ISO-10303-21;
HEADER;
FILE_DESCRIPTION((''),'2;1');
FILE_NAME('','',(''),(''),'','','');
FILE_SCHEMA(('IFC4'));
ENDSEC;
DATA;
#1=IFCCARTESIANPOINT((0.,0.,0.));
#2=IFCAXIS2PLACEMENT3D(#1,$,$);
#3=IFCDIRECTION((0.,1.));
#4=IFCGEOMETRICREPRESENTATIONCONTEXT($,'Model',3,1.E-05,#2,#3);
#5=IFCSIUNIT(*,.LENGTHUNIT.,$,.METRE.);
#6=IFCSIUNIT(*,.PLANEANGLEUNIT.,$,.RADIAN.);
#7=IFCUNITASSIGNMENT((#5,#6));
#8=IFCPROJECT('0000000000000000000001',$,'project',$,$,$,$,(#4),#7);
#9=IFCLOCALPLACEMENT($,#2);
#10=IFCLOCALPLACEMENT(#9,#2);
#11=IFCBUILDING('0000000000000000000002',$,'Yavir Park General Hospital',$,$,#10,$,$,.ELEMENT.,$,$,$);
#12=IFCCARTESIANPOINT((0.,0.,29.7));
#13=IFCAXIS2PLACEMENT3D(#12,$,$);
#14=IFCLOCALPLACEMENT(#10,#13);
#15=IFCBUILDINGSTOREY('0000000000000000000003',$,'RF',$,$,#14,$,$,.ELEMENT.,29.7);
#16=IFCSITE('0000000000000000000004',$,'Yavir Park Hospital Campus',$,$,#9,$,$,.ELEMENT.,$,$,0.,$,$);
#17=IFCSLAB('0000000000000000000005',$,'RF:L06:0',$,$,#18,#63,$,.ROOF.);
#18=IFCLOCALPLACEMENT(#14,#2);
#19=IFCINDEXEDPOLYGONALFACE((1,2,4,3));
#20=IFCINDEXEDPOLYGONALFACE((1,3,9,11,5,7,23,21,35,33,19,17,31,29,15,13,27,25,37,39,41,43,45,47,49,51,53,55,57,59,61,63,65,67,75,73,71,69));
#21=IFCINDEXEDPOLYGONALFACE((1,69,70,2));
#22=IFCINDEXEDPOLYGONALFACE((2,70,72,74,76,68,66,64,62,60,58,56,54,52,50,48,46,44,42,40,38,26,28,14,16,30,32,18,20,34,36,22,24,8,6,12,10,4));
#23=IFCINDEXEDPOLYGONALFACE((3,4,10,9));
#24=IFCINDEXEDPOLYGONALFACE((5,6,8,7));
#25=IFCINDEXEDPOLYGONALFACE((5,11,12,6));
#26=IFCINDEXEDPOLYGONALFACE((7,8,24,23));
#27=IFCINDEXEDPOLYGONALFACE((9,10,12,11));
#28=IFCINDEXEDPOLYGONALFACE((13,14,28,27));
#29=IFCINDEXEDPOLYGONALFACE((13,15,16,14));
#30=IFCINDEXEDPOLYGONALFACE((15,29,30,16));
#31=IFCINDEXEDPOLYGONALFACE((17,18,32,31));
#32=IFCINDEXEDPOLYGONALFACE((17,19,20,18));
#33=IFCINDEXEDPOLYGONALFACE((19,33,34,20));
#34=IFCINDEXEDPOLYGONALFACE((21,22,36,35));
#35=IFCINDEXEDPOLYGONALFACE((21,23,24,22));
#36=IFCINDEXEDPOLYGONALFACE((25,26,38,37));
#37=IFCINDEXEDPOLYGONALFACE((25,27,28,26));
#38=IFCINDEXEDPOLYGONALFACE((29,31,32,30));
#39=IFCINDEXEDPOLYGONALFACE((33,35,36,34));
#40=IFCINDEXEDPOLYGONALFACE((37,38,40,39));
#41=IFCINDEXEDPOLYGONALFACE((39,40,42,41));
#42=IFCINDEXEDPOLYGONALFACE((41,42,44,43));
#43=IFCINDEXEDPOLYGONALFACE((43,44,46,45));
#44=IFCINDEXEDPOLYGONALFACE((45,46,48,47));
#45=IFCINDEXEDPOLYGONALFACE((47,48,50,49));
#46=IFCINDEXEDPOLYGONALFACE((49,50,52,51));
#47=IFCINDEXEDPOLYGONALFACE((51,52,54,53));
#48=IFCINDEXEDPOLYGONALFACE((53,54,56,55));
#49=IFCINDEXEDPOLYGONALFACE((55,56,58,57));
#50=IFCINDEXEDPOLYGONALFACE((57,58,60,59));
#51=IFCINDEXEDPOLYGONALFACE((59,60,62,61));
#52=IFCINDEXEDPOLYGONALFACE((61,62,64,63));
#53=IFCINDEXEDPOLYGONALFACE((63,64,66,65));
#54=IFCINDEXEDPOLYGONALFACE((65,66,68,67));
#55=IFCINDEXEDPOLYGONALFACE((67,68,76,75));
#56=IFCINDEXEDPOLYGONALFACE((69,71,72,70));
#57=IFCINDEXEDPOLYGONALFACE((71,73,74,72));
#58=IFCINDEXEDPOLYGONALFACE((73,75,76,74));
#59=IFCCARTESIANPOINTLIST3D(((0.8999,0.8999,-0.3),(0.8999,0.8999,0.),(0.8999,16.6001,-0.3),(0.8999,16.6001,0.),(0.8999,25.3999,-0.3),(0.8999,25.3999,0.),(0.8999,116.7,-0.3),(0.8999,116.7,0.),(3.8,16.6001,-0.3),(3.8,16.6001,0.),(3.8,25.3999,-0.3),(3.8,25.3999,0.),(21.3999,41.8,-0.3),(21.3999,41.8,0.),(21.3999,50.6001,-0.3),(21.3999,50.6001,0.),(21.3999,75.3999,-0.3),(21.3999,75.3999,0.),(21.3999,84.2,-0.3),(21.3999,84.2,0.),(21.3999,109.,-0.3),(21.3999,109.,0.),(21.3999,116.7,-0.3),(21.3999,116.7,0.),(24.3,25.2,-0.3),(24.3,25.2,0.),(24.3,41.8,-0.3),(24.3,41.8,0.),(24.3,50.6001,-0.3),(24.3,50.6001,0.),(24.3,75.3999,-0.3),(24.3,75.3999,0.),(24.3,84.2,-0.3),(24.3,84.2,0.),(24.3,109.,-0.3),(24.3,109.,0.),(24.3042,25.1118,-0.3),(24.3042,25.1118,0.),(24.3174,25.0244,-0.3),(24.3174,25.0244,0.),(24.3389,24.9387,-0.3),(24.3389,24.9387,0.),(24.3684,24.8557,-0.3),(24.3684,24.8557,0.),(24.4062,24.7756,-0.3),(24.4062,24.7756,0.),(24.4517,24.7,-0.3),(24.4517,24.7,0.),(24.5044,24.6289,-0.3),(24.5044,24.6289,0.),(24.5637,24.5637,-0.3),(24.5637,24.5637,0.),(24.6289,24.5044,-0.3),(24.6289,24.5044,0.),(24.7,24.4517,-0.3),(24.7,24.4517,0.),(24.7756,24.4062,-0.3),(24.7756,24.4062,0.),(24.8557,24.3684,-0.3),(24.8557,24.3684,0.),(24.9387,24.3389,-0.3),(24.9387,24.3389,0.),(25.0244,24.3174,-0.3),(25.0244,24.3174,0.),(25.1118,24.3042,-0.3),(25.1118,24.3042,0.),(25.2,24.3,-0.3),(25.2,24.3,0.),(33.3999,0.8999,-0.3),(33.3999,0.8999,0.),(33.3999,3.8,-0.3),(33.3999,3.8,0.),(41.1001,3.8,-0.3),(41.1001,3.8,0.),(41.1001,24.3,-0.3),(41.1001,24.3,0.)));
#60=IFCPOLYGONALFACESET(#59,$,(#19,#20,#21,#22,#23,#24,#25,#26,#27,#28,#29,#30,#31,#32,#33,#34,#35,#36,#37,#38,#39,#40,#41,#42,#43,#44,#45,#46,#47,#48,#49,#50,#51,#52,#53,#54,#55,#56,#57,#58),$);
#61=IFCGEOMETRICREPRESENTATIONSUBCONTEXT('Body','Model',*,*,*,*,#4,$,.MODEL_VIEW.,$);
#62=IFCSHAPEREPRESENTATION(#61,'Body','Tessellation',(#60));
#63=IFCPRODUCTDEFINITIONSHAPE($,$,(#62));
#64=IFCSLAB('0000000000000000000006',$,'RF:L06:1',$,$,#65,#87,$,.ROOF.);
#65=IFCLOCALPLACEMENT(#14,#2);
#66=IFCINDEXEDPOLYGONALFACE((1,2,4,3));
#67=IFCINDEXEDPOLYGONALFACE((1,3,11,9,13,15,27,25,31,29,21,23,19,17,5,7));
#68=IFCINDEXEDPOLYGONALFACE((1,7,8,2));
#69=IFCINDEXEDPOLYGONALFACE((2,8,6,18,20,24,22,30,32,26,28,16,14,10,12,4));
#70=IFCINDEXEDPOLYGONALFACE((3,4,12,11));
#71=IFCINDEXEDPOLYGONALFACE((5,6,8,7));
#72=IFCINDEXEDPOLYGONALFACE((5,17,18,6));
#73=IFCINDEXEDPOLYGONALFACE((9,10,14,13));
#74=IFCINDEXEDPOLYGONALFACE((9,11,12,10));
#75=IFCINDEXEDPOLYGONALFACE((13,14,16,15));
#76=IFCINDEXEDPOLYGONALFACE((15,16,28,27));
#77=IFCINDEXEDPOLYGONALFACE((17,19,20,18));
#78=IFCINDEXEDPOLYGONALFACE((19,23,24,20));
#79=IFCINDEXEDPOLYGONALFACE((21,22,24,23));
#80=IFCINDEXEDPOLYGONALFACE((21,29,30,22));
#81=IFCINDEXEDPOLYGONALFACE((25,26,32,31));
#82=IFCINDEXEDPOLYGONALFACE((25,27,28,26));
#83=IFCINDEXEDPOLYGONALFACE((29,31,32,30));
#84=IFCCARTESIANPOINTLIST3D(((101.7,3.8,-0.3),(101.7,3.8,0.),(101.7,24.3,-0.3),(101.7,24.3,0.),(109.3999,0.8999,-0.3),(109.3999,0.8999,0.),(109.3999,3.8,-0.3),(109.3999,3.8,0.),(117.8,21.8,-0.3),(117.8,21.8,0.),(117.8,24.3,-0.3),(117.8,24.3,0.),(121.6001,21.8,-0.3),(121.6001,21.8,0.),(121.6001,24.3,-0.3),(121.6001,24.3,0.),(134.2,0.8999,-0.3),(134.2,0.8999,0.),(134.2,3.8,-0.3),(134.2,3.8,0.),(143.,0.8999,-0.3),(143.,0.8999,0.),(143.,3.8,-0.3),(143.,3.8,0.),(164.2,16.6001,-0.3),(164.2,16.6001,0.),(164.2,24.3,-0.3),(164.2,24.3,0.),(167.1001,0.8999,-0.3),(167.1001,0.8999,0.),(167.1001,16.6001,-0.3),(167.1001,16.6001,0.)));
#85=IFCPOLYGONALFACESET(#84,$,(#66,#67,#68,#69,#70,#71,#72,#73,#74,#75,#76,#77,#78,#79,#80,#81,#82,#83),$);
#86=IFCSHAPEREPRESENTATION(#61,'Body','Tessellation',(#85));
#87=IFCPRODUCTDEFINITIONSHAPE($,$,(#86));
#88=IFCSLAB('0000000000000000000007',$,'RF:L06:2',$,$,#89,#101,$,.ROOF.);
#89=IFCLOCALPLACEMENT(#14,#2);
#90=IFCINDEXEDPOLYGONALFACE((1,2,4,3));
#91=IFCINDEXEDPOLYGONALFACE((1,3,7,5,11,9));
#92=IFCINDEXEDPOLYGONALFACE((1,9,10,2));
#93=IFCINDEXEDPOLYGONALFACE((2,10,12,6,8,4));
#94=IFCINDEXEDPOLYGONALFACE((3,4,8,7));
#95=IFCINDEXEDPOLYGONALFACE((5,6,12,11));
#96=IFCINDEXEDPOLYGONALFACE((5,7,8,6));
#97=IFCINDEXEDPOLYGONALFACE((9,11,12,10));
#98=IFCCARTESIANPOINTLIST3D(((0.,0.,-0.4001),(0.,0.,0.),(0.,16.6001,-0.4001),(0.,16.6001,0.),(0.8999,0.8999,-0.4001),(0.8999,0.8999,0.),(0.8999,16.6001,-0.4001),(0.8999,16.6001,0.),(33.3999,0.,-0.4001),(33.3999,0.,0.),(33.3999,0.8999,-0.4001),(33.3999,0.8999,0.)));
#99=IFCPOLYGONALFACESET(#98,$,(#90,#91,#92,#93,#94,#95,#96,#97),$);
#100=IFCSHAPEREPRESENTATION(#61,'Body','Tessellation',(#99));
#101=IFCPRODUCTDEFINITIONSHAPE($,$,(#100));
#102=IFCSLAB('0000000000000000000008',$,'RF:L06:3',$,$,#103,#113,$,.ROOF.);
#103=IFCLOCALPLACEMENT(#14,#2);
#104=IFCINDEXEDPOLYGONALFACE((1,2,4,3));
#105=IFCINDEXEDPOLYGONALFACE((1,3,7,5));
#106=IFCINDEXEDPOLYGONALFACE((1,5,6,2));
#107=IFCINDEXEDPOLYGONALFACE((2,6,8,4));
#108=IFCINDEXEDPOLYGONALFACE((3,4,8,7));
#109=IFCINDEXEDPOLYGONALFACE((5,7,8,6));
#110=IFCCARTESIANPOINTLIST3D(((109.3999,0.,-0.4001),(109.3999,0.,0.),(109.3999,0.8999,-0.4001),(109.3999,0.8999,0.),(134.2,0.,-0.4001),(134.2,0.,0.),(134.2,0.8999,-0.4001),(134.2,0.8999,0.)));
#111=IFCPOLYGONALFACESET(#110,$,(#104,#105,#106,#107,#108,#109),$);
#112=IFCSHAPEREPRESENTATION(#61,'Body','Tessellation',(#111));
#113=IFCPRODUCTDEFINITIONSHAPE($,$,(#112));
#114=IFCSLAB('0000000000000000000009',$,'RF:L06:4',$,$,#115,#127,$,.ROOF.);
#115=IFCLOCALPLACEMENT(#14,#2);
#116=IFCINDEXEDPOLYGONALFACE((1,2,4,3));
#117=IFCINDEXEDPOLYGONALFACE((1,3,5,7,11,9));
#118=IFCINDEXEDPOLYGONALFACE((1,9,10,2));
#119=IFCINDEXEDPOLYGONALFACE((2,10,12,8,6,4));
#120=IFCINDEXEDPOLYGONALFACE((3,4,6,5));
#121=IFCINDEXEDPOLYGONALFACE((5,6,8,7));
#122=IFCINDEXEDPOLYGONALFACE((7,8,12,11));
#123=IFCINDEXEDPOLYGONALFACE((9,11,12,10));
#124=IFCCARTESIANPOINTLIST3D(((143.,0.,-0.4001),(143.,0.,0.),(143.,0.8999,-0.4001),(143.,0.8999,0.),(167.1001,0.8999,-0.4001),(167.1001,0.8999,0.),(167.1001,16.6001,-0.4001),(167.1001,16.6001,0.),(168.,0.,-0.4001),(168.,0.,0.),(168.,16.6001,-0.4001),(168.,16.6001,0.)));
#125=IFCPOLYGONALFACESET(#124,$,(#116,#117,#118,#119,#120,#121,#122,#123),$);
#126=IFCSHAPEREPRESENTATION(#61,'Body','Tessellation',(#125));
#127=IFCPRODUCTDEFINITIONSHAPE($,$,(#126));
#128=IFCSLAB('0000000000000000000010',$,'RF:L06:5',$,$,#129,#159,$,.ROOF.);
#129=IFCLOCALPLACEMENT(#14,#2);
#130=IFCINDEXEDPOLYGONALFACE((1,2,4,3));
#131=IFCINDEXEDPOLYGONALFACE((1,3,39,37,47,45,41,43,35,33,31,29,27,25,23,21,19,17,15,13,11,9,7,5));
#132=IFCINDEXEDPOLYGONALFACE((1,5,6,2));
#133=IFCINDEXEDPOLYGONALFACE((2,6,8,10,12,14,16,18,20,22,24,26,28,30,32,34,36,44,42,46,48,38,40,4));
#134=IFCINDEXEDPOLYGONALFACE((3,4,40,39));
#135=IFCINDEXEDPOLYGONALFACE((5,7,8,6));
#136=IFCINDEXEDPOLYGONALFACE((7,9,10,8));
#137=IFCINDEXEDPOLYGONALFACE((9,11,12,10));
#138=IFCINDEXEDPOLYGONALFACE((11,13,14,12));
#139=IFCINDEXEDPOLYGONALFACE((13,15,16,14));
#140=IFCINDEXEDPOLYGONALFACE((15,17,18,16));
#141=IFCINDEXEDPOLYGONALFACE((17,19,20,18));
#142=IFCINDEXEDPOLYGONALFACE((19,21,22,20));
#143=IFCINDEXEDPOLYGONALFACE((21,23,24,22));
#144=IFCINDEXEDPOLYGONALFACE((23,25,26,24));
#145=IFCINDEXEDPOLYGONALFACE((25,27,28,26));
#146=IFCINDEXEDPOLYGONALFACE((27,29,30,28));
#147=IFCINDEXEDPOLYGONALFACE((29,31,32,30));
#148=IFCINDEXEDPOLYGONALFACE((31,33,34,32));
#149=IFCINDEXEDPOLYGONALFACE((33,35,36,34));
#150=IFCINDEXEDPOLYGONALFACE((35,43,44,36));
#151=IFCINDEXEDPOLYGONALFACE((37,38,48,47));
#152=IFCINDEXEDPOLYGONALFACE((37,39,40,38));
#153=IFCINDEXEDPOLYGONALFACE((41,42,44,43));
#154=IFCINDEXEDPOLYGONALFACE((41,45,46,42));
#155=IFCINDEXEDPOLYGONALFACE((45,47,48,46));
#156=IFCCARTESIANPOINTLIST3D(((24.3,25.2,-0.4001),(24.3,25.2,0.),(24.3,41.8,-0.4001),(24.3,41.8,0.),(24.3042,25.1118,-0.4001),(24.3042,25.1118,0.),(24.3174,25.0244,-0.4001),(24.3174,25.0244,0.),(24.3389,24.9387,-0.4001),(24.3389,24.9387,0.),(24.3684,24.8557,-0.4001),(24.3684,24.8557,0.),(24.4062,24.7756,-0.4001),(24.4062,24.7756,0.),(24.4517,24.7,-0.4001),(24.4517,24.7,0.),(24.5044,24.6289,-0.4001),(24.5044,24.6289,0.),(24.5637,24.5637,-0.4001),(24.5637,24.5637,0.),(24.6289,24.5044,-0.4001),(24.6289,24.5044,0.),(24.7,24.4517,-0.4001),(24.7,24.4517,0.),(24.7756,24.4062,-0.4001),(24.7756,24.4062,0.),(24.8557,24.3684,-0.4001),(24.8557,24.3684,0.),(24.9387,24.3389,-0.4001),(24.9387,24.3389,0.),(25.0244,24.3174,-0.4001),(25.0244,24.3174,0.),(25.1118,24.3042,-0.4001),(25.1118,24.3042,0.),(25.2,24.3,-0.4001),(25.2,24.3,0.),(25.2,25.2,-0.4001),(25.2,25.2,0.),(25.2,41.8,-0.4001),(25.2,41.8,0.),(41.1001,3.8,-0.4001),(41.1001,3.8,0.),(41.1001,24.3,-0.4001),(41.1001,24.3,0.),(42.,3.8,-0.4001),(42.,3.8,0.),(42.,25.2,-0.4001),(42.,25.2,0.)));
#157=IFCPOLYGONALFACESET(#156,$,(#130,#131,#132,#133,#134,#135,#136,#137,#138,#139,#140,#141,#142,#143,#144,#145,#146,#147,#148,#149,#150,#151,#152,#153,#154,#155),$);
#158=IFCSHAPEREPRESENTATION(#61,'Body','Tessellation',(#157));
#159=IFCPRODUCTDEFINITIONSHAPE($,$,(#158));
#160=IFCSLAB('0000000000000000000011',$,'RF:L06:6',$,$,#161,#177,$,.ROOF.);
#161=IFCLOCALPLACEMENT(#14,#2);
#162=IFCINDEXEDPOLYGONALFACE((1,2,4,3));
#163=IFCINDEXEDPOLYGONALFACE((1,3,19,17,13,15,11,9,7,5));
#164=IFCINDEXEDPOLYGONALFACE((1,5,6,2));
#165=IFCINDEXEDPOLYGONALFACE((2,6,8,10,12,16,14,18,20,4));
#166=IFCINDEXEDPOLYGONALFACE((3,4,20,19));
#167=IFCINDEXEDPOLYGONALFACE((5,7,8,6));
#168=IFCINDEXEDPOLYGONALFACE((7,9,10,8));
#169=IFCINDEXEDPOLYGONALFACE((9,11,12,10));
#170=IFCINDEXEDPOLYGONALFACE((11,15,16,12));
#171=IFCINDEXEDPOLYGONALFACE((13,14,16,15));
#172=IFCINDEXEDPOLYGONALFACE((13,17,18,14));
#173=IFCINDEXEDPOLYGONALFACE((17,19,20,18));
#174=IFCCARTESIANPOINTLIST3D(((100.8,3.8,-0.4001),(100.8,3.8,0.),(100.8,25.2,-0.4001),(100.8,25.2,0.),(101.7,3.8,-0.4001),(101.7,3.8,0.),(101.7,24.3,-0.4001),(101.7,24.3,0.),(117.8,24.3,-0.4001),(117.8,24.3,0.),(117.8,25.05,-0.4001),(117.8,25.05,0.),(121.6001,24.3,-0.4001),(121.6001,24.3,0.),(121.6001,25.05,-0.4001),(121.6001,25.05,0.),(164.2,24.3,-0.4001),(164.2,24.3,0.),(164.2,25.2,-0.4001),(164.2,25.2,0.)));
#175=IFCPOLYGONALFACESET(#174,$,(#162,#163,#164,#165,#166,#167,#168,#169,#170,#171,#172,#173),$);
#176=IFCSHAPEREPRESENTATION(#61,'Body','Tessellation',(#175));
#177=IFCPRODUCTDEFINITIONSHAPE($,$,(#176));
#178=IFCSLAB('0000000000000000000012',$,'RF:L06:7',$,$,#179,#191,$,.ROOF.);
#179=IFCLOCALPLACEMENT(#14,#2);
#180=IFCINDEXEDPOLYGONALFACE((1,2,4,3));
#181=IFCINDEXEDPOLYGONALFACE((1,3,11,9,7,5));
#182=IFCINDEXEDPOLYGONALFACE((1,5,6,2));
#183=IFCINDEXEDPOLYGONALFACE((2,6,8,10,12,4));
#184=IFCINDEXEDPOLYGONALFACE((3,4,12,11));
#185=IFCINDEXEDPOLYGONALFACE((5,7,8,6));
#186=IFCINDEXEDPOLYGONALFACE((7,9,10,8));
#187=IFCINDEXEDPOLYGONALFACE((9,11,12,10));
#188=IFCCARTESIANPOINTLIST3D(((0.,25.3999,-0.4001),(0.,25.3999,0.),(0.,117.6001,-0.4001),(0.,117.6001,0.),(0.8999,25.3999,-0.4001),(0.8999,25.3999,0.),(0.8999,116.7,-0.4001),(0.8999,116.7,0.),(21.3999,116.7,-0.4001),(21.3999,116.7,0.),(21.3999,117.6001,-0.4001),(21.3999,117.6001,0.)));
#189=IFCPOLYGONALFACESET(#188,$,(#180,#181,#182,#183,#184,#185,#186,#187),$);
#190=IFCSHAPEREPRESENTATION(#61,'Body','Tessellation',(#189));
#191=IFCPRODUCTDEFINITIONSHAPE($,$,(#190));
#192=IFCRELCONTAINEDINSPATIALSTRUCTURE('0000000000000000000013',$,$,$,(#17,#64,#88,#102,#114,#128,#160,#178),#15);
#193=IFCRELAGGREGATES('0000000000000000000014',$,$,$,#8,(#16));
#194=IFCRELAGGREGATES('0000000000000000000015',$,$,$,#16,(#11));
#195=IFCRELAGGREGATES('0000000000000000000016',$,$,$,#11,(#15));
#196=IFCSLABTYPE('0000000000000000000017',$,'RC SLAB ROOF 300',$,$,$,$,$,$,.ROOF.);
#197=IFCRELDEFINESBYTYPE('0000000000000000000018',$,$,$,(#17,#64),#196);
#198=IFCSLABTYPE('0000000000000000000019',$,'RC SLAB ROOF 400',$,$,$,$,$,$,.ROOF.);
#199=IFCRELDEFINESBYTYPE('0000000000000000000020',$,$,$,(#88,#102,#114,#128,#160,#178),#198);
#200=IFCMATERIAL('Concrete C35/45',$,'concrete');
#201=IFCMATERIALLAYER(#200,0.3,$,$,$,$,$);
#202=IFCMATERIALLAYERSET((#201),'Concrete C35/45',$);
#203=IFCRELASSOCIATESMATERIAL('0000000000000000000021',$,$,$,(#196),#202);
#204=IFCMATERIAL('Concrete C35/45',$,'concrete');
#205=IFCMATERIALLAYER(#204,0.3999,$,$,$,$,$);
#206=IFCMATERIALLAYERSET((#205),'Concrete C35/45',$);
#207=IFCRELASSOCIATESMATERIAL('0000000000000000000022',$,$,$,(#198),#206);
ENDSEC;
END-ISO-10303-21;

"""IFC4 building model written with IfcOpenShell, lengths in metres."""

from ifc_helpers import new_model, si_unit, direction, frame, origin, place, context, subcontext, project, spatial, polyline, outline, extrude, material, layer, layer_set, type_object, element, save


model = new_model("IFC4")

# Units and contexts
model_context = context("Model", 3, precision=1e-05, world=origin(), true_north=direction((0.0, 1.0)))
body_context = subcontext(model_context, "Body", "Model", "MODEL_VIEW")
ifc_project = project(units=[si_unit("LENGTHUNIT", "METRE"), si_unit("PLANEANGLEUNIT", "RADIAN")], contexts=[model_context])

# Site, building, storey
site_placement = place(None, origin())
site = spatial("IfcSite", under=ifc_project, at=site_placement, Name="Yavir Park Hospital Campus", CompositionType="ELEMENT", RefElevation=0.0)
building_placement = place(site_placement, origin())
building = spatial("IfcBuilding", under=site, at=building_placement, Name="Yavir Park General Hospital", CompositionType="ELEMENT")
storey_placement = place(building_placement, frame((0.0, 0.0, 29.7)))
storey = spatial("IfcBuildingStorey", under=building, at=storey_placement, Name="RF", CompositionType="ELEMENT", Elevation=29.7)

# Slabs
ifc_material_1 = material(Name="Concrete C35/45", Category="concrete")
ifc_layer_1 = layer(ifc_material_1, 0.3)
ifc_layer_set_1 = layer_set([ifc_layer_1], Name="Concrete C35/45")
slab_type_1 = type_object("IfcSlabType", Name="RC SLAB ROOF 300", PredefinedType="ROOF", material=ifc_layer_set_1)
slab_1_placement = place(storey_placement, frame((0.0, 0.0, -0.3)))
element("IfcSlab", 1, at=slab_1_placement, inside=storey, type_object=slab_type_1, Name="RF:L06:0", PredefinedType="ROOF", context=body_context, shape_type="SweptSolid", body=[
    extrude(outline(polyline([(41.1001, 3.8), (41.1001, 24.3), (25.2, 24.3), (25.1118, 24.3042), (25.0244, 24.3174), (24.9387, 24.3389), (24.8557, 24.3684), (24.7756, 24.4062), (24.7, 24.4517), (24.6289, 24.5044), (24.5637, 24.5637), (24.5044, 24.6289), (24.4517, 24.7), (24.4062, 24.7756), (24.3684, 24.8557), (24.3389, 24.9387), (24.3174, 25.0244), (24.3042, 25.1118), (24.3, 25.2), (24.3, 41.8), (21.3999, 41.8), (21.3999, 50.6001), (24.3, 50.6001), (24.3, 75.3999), (21.3999, 75.3999), (21.3999, 84.2), (24.3, 84.2), (24.3, 109.0), (21.3999, 109.0), (21.3999, 116.7), (0.8999, 116.7), (0.8999, 25.3999), (3.8, 25.3999), (3.8, 16.6001), (0.8999, 16.6001), (0.8999, 0.8999), (33.3999, 0.8999), (33.3999, 3.8), (41.1001, 3.8)])), origin(), (0.0, 0.0, 1.0), 0.3),
])
slab_2_placement = place(storey_placement, frame((0.0, 0.0, -0.3)))
element("IfcSlab", 2, at=slab_2_placement, inside=storey, type_object=slab_type_1, Name="RF:L06:1", PredefinedType="ROOF", context=body_context, shape_type="SweptSolid", body=[
    extrude(outline(polyline([(117.8, 24.3), (101.7, 24.3), (101.7, 3.8), (109.3999, 3.8), (109.3999, 0.8999), (134.2, 0.8999), (134.2, 3.8), (143.0, 3.8), (143.0, 0.8999), (167.1001, 0.8999), (167.1001, 16.6001), (164.2, 16.6001), (164.2, 24.3), (121.6001, 24.3), (121.6001, 21.8), (117.8, 21.8), (117.8, 24.3)])), origin(), (0.0, 0.0, 1.0), 0.3),
])
ifc_material_2 = material(Name="Concrete C35/45", Category="concrete")
ifc_layer_2 = layer(ifc_material_2, 0.3999)
ifc_layer_set_2 = layer_set([ifc_layer_2], Name="Concrete C35/45")
slab_type_2 = type_object("IfcSlabType", Name="RC SLAB ROOF 400", PredefinedType="ROOF", material=ifc_layer_set_2)
slab_3_placement = place(storey_placement, frame((0.0, 0.0, -0.4001)))
element("IfcSlab", 3, at=slab_3_placement, inside=storey, type_object=slab_type_2, Name="RF:L06:2", PredefinedType="ROOF", context=body_context, shape_type="SweptSolid", body=[
    extrude(outline(polyline([(0.0, 0.0), (33.3999, 0.0), (33.3999, 0.8999), (0.8999, 0.8999), (0.8999, 16.6001), (0.0, 16.6001), (0.0, 0.0)])), origin(), (0.0, 0.0, 1.0), 0.4001),
])
slab_4_placement = place(storey_placement, frame((0.0, 0.0, -0.4001)))
element("IfcSlab", 4, at=slab_4_placement, inside=storey, type_object=slab_type_2, Name="RF:L06:3", PredefinedType="ROOF", context=body_context, shape_type="SweptSolid", body=[
    extrude(outline(polyline([(109.3999, 0.0), (134.2, 0.0), (134.2, 0.8999), (109.3999, 0.8999), (109.3999, 0.0)])), origin(), (0.0, 0.0, 1.0), 0.4001),
])
slab_5_placement = place(storey_placement, frame((0.0, 0.0, -0.4001)))
element("IfcSlab", 5, at=slab_5_placement, inside=storey, type_object=slab_type_2, Name="RF:L06:4", PredefinedType="ROOF", context=body_context, shape_type="SweptSolid", body=[
    extrude(outline(polyline([(168.0, 0.0), (168.0, 16.6001), (167.1001, 16.6001), (167.1001, 0.8999), (143.0, 0.8999), (143.0, 0.0), (168.0, 0.0)])), origin(), (0.0, 0.0, 1.0), 0.4001),
])
slab_6_placement = place(storey_placement, frame((0.0, 0.0, -0.4001)))
element("IfcSlab", 6, at=slab_6_placement, inside=storey, type_object=slab_type_2, Name="RF:L06:5", PredefinedType="ROOF", context=body_context, shape_type="SweptSolid", body=[
    extrude(outline(polyline([(25.2, 25.2), (25.2, 41.8), (24.3, 41.8), (24.3, 25.2), (24.3042, 25.1118), (24.3174, 25.0244), (24.3389, 24.9387), (24.3684, 24.8557), (24.4062, 24.7756), (24.4517, 24.7), (24.5044, 24.6289), (24.5637, 24.5637), (24.6289, 24.5044), (24.7, 24.4517), (24.7756, 24.4062), (24.8557, 24.3684), (24.9387, 24.3389), (25.0244, 24.3174), (25.1118, 24.3042), (25.2, 24.3), (41.1001, 24.3), (41.1001, 3.8), (42.0, 3.8), (42.0, 25.2), (25.2, 25.2)])), origin(), (0.0, 0.0, 1.0), 0.4001),
])
slab_7_placement = place(storey_placement, frame((0.0, 0.0, -0.4001)))
element("IfcSlab", 7, at=slab_7_placement, inside=storey, type_object=slab_type_2, Name="RF:L06:6", PredefinedType="ROOF", context=body_context, shape_type="SweptSolid", body=[
    extrude(outline(polyline([(100.8, 25.2), (100.8, 3.8), (101.7, 3.8), (101.7, 24.3), (117.8, 24.3), (117.8, 25.05), (121.6001, 25.05), (121.6001, 24.3), (164.2, 24.3), (164.2, 25.2), (100.8, 25.2)])), origin(), (0.0, 0.0, 1.0), 0.4001),
])
slab_8_placement = place(storey_placement, frame((0.0, 0.0, -0.4001)))
element("IfcSlab", 8, at=slab_8_placement, inside=storey, type_object=slab_type_2, Name="RF:L06:7", PredefinedType="ROOF", context=body_context, shape_type="SweptSolid", body=[
    extrude(outline(polyline([(0.0, 117.6001), (0.0, 25.3999), (0.8999, 25.3999), (0.8999, 116.7), (21.3999, 116.7), (21.3999, 117.6001), (0.0, 117.6001)])), origin(), (0.0, 0.0, 1.0), 0.4001),
])

save(model, "model.ifc")
